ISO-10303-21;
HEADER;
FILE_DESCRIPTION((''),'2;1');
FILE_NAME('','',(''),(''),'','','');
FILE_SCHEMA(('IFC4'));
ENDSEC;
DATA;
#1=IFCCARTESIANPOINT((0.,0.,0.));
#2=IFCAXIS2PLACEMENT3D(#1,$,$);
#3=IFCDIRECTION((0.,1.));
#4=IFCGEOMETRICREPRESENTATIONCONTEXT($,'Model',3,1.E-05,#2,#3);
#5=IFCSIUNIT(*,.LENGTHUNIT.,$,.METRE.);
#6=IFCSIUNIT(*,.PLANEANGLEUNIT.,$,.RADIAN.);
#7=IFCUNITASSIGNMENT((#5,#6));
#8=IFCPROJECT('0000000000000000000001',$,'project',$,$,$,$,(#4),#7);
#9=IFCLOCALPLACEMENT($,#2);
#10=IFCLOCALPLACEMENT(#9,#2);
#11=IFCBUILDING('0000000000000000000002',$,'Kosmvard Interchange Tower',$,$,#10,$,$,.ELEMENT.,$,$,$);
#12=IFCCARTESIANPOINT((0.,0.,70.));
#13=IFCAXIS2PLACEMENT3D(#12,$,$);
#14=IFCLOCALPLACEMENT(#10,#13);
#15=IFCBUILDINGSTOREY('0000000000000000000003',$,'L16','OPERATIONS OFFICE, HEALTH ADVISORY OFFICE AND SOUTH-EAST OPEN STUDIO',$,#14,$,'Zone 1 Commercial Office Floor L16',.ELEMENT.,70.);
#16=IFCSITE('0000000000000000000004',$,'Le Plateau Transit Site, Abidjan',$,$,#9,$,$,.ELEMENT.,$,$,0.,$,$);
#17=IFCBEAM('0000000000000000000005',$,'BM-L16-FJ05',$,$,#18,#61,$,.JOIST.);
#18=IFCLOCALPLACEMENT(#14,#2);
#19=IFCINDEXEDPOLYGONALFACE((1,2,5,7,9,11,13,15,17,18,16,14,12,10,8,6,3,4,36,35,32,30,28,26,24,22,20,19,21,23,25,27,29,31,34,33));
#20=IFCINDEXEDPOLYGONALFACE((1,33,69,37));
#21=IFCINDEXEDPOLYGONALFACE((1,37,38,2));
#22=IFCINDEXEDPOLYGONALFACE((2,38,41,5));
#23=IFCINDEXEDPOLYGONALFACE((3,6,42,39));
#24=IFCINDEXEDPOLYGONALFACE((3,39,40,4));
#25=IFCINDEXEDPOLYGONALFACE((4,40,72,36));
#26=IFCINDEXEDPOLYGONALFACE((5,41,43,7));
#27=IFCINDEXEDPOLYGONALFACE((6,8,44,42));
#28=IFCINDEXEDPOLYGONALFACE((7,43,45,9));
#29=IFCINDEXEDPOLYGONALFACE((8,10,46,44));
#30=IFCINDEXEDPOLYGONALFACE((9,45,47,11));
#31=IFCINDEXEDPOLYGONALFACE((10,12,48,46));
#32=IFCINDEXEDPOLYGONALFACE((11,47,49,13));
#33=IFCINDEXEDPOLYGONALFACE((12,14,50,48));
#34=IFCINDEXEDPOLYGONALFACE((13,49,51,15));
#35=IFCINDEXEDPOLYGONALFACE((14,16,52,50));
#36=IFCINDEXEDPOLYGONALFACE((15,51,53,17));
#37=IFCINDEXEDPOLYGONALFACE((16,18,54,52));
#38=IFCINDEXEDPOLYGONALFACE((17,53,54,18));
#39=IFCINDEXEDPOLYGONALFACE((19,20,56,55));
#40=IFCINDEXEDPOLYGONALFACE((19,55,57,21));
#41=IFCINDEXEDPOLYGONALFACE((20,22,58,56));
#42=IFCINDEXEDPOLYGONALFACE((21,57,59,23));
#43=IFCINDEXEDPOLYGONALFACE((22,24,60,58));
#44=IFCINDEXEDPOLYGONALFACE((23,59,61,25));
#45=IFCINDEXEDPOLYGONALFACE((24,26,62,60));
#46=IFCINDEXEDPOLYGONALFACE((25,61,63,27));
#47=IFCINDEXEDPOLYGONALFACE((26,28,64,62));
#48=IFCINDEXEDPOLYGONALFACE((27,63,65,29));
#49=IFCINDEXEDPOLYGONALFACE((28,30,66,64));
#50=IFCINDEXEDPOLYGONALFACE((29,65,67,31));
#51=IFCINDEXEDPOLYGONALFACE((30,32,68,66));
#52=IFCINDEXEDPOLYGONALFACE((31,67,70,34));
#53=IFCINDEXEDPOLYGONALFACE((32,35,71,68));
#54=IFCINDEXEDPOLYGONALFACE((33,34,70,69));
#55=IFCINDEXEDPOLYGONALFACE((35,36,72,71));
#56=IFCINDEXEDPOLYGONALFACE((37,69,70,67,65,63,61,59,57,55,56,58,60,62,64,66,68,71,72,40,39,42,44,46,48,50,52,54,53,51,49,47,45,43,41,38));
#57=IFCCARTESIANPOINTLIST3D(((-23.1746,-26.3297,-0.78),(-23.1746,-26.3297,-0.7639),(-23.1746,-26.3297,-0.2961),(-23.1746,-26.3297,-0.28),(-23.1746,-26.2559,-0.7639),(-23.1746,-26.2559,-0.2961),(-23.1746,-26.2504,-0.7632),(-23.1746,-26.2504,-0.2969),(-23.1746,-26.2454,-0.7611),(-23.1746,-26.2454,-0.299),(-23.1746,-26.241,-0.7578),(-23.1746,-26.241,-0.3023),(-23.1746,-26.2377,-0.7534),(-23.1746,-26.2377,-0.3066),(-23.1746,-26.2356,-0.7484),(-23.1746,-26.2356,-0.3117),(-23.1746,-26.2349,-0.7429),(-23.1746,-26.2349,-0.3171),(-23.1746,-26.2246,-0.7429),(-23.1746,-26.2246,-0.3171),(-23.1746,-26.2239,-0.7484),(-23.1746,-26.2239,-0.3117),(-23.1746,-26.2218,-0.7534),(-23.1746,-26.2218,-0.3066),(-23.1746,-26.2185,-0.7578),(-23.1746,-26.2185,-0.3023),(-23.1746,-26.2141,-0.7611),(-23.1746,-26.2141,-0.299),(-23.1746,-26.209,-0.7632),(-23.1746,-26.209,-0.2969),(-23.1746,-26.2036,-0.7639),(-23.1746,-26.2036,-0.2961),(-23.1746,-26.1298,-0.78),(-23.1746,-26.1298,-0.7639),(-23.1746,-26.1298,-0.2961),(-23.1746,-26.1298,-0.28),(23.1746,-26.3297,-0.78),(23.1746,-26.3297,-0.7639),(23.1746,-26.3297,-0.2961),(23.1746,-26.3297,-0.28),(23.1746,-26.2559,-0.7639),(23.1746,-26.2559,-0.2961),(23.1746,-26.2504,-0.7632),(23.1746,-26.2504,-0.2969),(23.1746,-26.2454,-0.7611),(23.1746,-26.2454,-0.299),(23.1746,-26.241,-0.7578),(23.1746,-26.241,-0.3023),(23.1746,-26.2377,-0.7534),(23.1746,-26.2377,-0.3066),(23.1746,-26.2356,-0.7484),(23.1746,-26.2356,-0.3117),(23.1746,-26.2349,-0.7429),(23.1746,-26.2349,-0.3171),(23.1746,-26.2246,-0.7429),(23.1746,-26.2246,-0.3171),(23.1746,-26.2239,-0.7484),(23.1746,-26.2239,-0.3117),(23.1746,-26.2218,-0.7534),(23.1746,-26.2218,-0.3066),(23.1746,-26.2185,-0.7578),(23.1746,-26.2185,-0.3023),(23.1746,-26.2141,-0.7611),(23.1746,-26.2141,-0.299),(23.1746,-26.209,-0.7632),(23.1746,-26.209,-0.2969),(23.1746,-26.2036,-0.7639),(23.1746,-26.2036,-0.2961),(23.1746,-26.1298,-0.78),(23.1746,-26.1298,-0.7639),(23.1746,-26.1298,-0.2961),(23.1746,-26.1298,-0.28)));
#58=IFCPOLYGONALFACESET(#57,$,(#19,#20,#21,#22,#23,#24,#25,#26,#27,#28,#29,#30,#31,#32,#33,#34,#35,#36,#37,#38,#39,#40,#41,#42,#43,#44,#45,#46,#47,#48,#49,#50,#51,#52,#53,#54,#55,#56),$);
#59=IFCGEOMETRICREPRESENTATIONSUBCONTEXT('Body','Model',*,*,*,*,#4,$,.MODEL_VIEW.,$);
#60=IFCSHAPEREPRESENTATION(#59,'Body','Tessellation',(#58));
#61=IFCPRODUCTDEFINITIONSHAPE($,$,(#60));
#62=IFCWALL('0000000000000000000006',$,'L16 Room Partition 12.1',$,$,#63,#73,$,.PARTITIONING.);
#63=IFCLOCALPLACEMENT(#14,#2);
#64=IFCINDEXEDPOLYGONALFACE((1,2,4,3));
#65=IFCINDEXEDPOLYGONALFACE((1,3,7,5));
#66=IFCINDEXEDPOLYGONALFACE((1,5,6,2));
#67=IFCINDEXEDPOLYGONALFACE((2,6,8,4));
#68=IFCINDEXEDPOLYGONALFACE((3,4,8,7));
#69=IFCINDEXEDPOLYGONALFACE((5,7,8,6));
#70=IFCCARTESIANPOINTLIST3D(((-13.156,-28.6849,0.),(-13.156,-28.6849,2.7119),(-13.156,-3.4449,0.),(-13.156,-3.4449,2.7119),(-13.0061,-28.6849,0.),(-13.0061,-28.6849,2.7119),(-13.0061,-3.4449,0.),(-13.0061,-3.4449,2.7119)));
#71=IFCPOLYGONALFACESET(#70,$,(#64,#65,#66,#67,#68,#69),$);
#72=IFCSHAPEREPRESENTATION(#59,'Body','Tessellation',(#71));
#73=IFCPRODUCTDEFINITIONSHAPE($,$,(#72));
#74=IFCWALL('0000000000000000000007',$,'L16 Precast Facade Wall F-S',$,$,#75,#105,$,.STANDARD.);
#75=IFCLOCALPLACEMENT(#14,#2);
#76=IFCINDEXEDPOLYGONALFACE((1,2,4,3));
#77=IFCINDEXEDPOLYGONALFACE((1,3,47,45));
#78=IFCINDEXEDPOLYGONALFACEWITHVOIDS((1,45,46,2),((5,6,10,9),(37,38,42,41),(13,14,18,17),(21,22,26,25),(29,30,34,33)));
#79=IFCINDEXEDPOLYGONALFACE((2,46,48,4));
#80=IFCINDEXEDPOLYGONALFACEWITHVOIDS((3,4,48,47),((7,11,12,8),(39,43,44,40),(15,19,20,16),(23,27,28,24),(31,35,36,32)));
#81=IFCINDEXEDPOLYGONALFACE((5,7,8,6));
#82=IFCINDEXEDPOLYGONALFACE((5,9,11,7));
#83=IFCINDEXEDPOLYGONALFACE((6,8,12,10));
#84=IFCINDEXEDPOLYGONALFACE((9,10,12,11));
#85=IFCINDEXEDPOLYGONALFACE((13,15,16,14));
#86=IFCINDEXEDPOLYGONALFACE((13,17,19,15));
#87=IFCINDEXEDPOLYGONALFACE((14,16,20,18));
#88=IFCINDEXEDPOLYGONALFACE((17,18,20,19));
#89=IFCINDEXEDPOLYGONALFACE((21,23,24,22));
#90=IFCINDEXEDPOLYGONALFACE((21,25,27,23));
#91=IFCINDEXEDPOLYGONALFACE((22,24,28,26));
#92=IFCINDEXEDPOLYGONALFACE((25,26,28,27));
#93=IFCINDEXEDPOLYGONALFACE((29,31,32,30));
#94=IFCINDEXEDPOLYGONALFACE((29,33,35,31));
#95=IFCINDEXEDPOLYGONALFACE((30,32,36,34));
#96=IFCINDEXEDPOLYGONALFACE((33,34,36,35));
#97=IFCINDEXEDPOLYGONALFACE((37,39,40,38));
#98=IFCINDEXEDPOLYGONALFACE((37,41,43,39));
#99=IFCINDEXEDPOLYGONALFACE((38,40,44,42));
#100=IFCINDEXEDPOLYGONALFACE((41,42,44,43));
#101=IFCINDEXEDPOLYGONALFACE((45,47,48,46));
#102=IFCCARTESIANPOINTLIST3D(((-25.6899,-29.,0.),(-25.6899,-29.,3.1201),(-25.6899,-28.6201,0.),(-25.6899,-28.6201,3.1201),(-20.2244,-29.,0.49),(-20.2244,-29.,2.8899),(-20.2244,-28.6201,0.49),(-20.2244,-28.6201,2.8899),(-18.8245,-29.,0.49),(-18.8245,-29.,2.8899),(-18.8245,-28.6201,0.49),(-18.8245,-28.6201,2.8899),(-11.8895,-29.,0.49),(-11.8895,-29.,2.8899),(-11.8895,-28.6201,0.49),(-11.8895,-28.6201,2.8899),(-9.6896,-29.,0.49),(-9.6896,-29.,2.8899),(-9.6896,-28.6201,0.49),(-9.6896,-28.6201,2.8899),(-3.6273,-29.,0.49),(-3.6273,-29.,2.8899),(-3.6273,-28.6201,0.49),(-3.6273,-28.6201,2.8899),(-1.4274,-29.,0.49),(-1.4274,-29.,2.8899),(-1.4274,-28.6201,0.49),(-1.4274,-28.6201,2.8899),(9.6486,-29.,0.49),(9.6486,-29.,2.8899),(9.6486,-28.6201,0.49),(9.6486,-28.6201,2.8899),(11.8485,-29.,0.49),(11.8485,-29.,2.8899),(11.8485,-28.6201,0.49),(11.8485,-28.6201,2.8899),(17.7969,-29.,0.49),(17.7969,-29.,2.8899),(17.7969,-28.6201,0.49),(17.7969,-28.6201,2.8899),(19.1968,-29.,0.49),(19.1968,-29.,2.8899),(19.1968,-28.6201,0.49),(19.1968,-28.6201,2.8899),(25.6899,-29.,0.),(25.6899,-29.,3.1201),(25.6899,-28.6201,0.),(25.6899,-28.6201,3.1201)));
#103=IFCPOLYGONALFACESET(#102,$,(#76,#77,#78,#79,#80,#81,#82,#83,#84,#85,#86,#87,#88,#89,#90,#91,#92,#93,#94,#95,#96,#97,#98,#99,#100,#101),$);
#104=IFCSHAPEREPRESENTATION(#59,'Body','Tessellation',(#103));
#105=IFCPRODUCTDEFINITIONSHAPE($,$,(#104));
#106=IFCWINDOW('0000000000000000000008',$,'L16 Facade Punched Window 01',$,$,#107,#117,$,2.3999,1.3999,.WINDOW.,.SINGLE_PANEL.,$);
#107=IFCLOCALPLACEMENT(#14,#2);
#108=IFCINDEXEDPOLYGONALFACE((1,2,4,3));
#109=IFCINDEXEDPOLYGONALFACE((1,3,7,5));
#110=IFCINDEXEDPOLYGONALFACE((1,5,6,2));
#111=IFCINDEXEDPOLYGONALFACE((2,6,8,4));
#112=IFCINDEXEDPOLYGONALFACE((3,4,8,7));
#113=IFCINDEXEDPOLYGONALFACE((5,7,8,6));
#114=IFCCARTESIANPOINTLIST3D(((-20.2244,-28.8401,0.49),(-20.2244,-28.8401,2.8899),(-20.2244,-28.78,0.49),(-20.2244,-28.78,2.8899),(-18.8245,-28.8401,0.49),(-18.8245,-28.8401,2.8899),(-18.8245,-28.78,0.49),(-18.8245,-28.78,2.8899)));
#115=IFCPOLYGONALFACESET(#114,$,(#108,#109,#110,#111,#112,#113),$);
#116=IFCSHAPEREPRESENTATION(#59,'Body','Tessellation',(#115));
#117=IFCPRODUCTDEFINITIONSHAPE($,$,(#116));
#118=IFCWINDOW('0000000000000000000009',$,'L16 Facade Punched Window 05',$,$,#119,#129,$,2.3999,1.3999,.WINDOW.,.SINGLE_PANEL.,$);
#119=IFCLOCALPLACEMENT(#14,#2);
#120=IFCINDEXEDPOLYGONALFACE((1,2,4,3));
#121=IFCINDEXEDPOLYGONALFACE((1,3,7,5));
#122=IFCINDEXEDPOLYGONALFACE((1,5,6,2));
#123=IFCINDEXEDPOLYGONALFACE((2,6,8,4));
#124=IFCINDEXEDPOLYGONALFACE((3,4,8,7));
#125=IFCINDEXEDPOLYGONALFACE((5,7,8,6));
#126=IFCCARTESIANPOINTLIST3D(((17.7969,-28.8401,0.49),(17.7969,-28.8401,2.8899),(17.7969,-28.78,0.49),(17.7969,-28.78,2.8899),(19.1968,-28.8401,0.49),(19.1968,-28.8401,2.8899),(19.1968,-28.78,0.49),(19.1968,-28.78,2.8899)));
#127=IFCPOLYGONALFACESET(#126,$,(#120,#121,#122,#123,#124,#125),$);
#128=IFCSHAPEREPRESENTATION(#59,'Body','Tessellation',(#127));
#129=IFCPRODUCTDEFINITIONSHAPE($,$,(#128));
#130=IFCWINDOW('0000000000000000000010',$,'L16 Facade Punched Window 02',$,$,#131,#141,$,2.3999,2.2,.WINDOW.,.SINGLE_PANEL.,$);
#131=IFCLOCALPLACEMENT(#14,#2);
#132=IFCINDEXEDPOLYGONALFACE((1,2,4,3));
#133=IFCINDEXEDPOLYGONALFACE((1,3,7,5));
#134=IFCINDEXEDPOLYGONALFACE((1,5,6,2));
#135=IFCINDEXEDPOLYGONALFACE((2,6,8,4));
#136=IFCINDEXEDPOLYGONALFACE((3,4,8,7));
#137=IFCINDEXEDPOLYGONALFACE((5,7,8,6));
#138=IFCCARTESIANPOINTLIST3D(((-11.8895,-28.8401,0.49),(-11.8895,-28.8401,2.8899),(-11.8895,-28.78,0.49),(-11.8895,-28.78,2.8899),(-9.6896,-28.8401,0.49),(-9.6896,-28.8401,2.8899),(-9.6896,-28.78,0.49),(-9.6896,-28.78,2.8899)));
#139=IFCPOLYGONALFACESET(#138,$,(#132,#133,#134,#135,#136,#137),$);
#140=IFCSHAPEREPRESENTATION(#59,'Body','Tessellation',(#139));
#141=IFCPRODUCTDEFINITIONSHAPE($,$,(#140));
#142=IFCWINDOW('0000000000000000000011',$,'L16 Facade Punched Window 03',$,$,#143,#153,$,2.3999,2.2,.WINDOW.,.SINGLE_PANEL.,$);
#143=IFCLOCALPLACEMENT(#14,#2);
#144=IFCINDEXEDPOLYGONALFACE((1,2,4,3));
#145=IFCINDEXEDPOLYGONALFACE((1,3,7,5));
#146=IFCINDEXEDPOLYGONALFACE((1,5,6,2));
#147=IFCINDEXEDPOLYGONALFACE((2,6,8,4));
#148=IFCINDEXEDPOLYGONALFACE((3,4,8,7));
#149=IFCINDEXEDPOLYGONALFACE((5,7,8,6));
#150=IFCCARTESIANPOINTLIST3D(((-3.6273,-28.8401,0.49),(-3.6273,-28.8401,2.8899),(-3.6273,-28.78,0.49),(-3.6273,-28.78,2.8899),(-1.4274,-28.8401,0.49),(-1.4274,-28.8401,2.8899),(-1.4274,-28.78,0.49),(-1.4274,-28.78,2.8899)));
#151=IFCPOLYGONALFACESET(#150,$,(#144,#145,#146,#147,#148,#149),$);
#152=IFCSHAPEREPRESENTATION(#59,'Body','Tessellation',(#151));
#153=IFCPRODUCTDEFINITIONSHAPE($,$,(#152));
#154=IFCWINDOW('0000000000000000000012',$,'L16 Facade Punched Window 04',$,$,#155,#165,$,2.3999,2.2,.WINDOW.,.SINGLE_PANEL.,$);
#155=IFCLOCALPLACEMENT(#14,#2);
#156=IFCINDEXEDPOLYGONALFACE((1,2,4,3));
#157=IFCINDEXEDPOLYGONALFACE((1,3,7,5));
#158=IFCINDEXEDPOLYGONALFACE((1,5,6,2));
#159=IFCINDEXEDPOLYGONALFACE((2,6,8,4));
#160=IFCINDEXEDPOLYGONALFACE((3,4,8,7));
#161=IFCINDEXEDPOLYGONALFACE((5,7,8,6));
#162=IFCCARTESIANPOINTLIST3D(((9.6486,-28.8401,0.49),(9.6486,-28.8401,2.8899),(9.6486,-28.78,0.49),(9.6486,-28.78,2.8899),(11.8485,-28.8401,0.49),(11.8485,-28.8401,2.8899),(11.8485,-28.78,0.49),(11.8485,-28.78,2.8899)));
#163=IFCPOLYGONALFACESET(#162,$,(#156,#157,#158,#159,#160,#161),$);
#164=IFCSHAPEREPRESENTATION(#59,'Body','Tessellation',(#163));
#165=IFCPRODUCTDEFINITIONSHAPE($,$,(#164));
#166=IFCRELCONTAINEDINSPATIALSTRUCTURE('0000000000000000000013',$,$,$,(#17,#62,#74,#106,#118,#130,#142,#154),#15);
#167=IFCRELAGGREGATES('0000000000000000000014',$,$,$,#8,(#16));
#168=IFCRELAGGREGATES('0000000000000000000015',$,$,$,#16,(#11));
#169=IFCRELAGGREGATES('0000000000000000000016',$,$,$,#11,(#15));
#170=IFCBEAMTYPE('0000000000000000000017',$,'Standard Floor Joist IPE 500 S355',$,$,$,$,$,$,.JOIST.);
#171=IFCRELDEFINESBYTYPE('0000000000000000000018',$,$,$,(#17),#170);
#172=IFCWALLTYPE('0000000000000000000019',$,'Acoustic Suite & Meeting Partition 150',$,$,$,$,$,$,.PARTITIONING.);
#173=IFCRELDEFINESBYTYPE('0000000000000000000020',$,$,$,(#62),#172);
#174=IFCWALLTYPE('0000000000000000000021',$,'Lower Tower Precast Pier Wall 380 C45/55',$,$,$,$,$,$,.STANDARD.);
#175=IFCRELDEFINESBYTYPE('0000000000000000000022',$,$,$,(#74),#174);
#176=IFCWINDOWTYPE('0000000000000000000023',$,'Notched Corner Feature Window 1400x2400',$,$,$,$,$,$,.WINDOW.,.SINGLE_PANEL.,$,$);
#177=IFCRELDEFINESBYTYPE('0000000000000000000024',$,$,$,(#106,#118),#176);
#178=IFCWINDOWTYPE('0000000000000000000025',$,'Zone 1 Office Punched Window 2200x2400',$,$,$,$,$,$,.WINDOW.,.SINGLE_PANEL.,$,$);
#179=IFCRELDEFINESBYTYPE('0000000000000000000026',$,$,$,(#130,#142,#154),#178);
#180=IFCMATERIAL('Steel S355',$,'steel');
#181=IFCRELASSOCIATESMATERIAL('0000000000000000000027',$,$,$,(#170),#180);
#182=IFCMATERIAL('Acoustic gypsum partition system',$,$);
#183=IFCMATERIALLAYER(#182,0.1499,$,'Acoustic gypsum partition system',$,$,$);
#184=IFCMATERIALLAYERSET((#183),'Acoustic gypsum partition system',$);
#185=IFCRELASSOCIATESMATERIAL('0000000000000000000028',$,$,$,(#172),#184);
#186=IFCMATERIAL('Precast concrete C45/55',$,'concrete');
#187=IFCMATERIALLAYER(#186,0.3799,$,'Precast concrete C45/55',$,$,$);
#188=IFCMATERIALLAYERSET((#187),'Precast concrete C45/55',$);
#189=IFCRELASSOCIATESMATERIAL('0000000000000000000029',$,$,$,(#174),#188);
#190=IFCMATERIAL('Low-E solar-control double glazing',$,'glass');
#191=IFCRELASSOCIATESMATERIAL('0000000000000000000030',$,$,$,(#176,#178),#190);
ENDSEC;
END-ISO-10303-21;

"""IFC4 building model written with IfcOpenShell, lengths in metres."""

from ifc_helpers import new_model, si_unit, direction, frame, frame_2d, origin, origin_2d, place, context, subcontext, project, spatial, rectangle, i_section, extrude, source, transform, mapped, material, layer, layer_set, material_profile, profile_set, type_object, element, fill, save


model = new_model("IFC4")

# Units and contexts
model_context = context("Model", 3, precision=1e-05, world=origin(), true_north=direction((0.0, 1.0)))
body_context = subcontext(model_context, "Body", "Model", "MODEL_VIEW")
ifc_project = project(units=[si_unit("LENGTHUNIT", "METRE"), si_unit("PLANEANGLEUNIT", "RADIAN")], contexts=[model_context])

# Site, building, storey
site_placement = place(None, origin())
site = spatial("IfcSite", under=ifc_project, at=site_placement, Name="Le Plateau Transit Site, Abidjan", CompositionType="ELEMENT", RefElevation=0.0)
building_placement = place(site_placement, origin())
building = spatial("IfcBuilding", under=site, at=building_placement, Name="Kosmvard Interchange Tower", CompositionType="ELEMENT")
storey_placement = place(building_placement, frame((0.0, 0.0, 70.0)))
storey = spatial("IfcBuildingStorey", under=building, at=storey_placement, Name="L16", Description="OPERATIONS OFFICE, HEALTH ADVISORY OFFICE AND SOUTH-EAST OPEN STUDIO", LongName="Zone 1 Commercial Office Floor L16", CompositionType="ELEMENT", Elevation=70.0)

# Beam
ifc_material_1 = material(Name="Steel S355", Category="steel")
ifc_material_2 = material(Name="Precast concrete C45/55", Category="concrete")
ifc_material_profile_1 = material_profile(ifc_material_1, i_section(OverallWidth=0.2, OverallDepth=0.5, WebThickness=0.0103, FlangeThickness=0.0161, FilletRadius=0.021, at=origin_2d()), Name="IPE 500")
ifc_profile_set_1 = profile_set([ifc_material_profile_1], Name="Steel S355")
beam_type_1 = type_object("IfcBeamType", Name="Standard Floor Joist IPE 500 S355", PredefinedType="JOIST", material=ifc_profile_set_1)
shared_shape_1 = source(origin(), body_context, "Body", "SweptSolid", [
    extrude(i_section(OverallWidth=0.2, OverallDepth=0.5, WebThickness=0.0103, FlangeThickness=0.0161, FilletRadius=0.021, at=origin_2d()), origin(), (0.0, 0.0, 1.0), 46.3491),
])
beam_1_placement = place(storey_placement, frame((-23.1746, -26.2297, -0.53), z_axis=(1.0, 0.0, 0.0), x_axis=(0.0, 1.0, 0.0)))
element("IfcBeam", 1, at=beam_1_placement, inside=storey, type_object=beam_type_1, Name="BM-L16-FJ05", PredefinedType="JOIST", context=body_context, shape_type="MappedRepresentation", body=[
    mapped(shared_shape_1, transform((0.0, 0.0, 0.0), scale=1.0)),
])

# Wall
ifc_material_3 = material(Name="Acoustic gypsum partition system")
ifc_layer_1 = layer(ifc_material_3, 0.1499, Name="Acoustic gypsum partition system")
ifc_layer_set_1 = layer_set([ifc_layer_1], Name="Acoustic gypsum partition system")
wall_type_1 = type_object("IfcWallType", Name="Acoustic Suite & Meeting Partition 150", PredefinedType="PARTITIONING", material=ifc_layer_set_1)
wall_1_placement = place(storey_placement, frame((-13.0811, -28.6851, 0.0), z_axis=(0.0, 0.0, 1.0), x_axis=(0.0, 1.0, 0.0)))
element("IfcWall", 2, at=wall_1_placement, inside=storey, type_object=wall_type_1, Name="L16 Room Partition 12.1", PredefinedType="PARTITIONING", context=body_context, shape_type="SweptSolid", body=[
    extrude(rectangle(XDim=25.24, YDim=0.1499, at=frame_2d((12.6201, 0.0))), origin(), (0.0, 0.0, 1.0), 2.7119),
])

# Wall, openings, windows
ifc_layer_2 = layer(ifc_material_2, 0.3799, Name="Precast concrete C45/55")
ifc_layer_set_2 = layer_set([ifc_layer_2], Name="Precast concrete C45/55")
wall_type_2 = type_object("IfcWallType", Name="Lower Tower Precast Pier Wall 380 C45/55", PredefinedType="STANDARD", material=ifc_layer_set_2)
wall_2_placement = place(storey_placement, frame((-25.6899, -28.8101, 0.0), z_axis=(0.0, 0.0, 1.0), x_axis=(1.0, 0.0, 0.0)))
wall_2 = element("IfcWall", 3, at=wall_2_placement, inside=storey, type_object=wall_type_2, Name="L16 Precast Facade Wall F-S", PredefinedType="STANDARD", context=body_context, shape_type="SweptSolid", body=[
    extrude(rectangle(XDim=51.3799, YDim=0.3799, at=frame_2d((25.6899, 0.0))), origin(), (0.0, 0.0, 1.0), 3.1201),
])
opening_1_placement = place(wall_2_placement, frame((5.4656, 0.0, 0.49)))
opening_1 = element("IfcOpeningElement", 4, at=opening_1_placement, cuts=wall_2, PredefinedType="OPENING", context=body_context, shape_type="SweptSolid", body=[
    extrude(rectangle(XDim=1.3999, YDim=2.3999, at=frame_2d((0.7, 1.2))), frame((0.0, 0.2, 0.0), z_axis=(0.0, -1.0, 0.0), x_axis=(1.0, 0.0, 0.0)), (0.0, 0.0, 1.0), 0.3999),
])
opening_2_placement = place(wall_2_placement, frame((13.8003, 0.0, 0.49)))
opening_2 = element("IfcOpeningElement", 5, at=opening_2_placement, cuts=wall_2, PredefinedType="OPENING", context=body_context, shape_type="SweptSolid", body=[
    extrude(rectangle(XDim=2.2, YDim=2.3999, at=frame_2d((1.1001, 1.2))), frame((0.0, 0.2, 0.0), z_axis=(0.0, -1.0, 0.0), x_axis=(1.0, 0.0, 0.0)), (0.0, 0.0, 1.0), 0.3999),
])
opening_3_placement = place(wall_2_placement, frame((22.0625, 0.0, 0.49)))
opening_3 = element("IfcOpeningElement", 6, at=opening_3_placement, cuts=wall_2, PredefinedType="OPENING", context=body_context, shape_type="SweptSolid", body=[
    extrude(rectangle(XDim=2.2, YDim=2.3999, at=frame_2d((1.1001, 1.2))), frame((0.0, 0.2, 0.0), z_axis=(0.0, -1.0, 0.0), x_axis=(1.0, 0.0, 0.0)), (0.0, 0.0, 1.0), 0.3999),
])
opening_4_placement = place(wall_2_placement, frame((35.3384, 0.0, 0.49)))
opening_4 = element("IfcOpeningElement", 7, at=opening_4_placement, cuts=wall_2, PredefinedType="OPENING", context=body_context, shape_type="SweptSolid", body=[
    extrude(rectangle(XDim=2.2, YDim=2.3999, at=frame_2d((1.1001, 1.2))), frame((0.0, 0.2, 0.0), z_axis=(0.0, -1.0, 0.0), x_axis=(1.0, 0.0, 0.0)), (0.0, 0.0, 1.0), 0.3999),
])
opening_5_placement = place(wall_2_placement, frame((43.4868, 0.0, 0.49)))
opening_5 = element("IfcOpeningElement", 8, at=opening_5_placement, cuts=wall_2, PredefinedType="OPENING", context=body_context, shape_type="SweptSolid", body=[
    extrude(rectangle(XDim=1.3999, YDim=2.3999, at=frame_2d((0.7, 1.2))), frame((0.0, 0.2, 0.0), z_axis=(0.0, -1.0, 0.0), x_axis=(1.0, 0.0, 0.0)), (0.0, 0.0, 1.0), 0.3999),
])
ifc_material_4 = material(Name="Low-E solar-control double glazing", Category="glass")
window_type_1 = type_object("IfcWindowType", Name="Notched Corner Feature Window 1400x2400", PartitioningType="SINGLE_PANEL", PredefinedType="WINDOW", material=ifc_material_4)
shared_shape_2 = source(origin(), body_context, "Body", "SweptSolid", [
    extrude(rectangle(XDim=1.3999, YDim=2.3999, at=frame_2d((0.7, 1.2))), frame((0.0, 0.03, 0.0), z_axis=(0.0, -1.0, 0.0), x_axis=(1.0, 0.0, 0.0)), (0.0, 0.0, 1.0), 0.0601),
])
window_1_placement = place(opening_1_placement, origin())
window_1 = element("IfcWindow", 9, at=window_1_placement, inside=storey, type_object=window_type_1, Name="L16 Facade Punched Window 01", OverallHeight=2.3999, OverallWidth=1.3999, PartitioningType="SINGLE_PANEL", PredefinedType="WINDOW", context=body_context, shape_type="MappedRepresentation", body=[
    mapped(shared_shape_2, transform((0.0, 0.0, 0.0), scale=1.0)),
])
fill(opening_1, window_1)
window_2_placement = place(opening_5_placement, origin())
window_2 = element("IfcWindow", 10, at=window_2_placement, inside=storey, type_object=window_type_1, Name="L16 Facade Punched Window 05", OverallHeight=2.3999, OverallWidth=1.3999, PartitioningType="SINGLE_PANEL", PredefinedType="WINDOW", context=body_context, shape_type="MappedRepresentation", body=[
    mapped(shared_shape_2, transform((0.0, 0.0, 0.0), scale=1.0)),
])
fill(opening_5, window_2)
window_type_2 = type_object("IfcWindowType", Name="Zone 1 Office Punched Window 2200x2400", PartitioningType="SINGLE_PANEL", PredefinedType="WINDOW", material=ifc_material_4)
shared_shape_3 = source(origin(), body_context, "Body", "SweptSolid", [
    extrude(rectangle(XDim=2.2, YDim=2.3999, at=frame_2d((1.1001, 1.2))), frame((0.0, 0.03, 0.0), z_axis=(0.0, -1.0, 0.0), x_axis=(1.0, 0.0, 0.0)), (0.0, 0.0, 1.0), 0.0601),
])
window_3_placement = place(opening_2_placement, origin())
window_3 = element("IfcWindow", 11, at=window_3_placement, inside=storey, type_object=window_type_2, Name="L16 Facade Punched Window 02", OverallHeight=2.3999, OverallWidth=2.2, PartitioningType="SINGLE_PANEL", PredefinedType="WINDOW", context=body_context, shape_type="MappedRepresentation", body=[
    mapped(shared_shape_3, transform((0.0, 0.0, 0.0), scale=1.0)),
])
fill(opening_2, window_3)
window_4_placement = place(opening_3_placement, origin())
window_4 = element("IfcWindow", 12, at=window_4_placement, inside=storey, type_object=window_type_2, Name="L16 Facade Punched Window 03", OverallHeight=2.3999, OverallWidth=2.2, PartitioningType="SINGLE_PANEL", PredefinedType="WINDOW", context=body_context, shape_type="MappedRepresentation", body=[
    mapped(shared_shape_3, transform((0.0, 0.0, 0.0), scale=1.0)),
])
fill(opening_3, window_4)
window_5_placement = place(opening_4_placement, origin())
window_5 = element("IfcWindow", 13, at=window_5_placement, inside=storey, type_object=window_type_2, Name="L16 Facade Punched Window 04", OverallHeight=2.3999, OverallWidth=2.2, PartitioningType="SINGLE_PANEL", PredefinedType="WINDOW", context=body_context, shape_type="MappedRepresentation", body=[
    mapped(shared_shape_3, transform((0.0, 0.0, 0.0), scale=1.0)),
])
fill(opening_4, window_5)

save(model, "model.ifc")
